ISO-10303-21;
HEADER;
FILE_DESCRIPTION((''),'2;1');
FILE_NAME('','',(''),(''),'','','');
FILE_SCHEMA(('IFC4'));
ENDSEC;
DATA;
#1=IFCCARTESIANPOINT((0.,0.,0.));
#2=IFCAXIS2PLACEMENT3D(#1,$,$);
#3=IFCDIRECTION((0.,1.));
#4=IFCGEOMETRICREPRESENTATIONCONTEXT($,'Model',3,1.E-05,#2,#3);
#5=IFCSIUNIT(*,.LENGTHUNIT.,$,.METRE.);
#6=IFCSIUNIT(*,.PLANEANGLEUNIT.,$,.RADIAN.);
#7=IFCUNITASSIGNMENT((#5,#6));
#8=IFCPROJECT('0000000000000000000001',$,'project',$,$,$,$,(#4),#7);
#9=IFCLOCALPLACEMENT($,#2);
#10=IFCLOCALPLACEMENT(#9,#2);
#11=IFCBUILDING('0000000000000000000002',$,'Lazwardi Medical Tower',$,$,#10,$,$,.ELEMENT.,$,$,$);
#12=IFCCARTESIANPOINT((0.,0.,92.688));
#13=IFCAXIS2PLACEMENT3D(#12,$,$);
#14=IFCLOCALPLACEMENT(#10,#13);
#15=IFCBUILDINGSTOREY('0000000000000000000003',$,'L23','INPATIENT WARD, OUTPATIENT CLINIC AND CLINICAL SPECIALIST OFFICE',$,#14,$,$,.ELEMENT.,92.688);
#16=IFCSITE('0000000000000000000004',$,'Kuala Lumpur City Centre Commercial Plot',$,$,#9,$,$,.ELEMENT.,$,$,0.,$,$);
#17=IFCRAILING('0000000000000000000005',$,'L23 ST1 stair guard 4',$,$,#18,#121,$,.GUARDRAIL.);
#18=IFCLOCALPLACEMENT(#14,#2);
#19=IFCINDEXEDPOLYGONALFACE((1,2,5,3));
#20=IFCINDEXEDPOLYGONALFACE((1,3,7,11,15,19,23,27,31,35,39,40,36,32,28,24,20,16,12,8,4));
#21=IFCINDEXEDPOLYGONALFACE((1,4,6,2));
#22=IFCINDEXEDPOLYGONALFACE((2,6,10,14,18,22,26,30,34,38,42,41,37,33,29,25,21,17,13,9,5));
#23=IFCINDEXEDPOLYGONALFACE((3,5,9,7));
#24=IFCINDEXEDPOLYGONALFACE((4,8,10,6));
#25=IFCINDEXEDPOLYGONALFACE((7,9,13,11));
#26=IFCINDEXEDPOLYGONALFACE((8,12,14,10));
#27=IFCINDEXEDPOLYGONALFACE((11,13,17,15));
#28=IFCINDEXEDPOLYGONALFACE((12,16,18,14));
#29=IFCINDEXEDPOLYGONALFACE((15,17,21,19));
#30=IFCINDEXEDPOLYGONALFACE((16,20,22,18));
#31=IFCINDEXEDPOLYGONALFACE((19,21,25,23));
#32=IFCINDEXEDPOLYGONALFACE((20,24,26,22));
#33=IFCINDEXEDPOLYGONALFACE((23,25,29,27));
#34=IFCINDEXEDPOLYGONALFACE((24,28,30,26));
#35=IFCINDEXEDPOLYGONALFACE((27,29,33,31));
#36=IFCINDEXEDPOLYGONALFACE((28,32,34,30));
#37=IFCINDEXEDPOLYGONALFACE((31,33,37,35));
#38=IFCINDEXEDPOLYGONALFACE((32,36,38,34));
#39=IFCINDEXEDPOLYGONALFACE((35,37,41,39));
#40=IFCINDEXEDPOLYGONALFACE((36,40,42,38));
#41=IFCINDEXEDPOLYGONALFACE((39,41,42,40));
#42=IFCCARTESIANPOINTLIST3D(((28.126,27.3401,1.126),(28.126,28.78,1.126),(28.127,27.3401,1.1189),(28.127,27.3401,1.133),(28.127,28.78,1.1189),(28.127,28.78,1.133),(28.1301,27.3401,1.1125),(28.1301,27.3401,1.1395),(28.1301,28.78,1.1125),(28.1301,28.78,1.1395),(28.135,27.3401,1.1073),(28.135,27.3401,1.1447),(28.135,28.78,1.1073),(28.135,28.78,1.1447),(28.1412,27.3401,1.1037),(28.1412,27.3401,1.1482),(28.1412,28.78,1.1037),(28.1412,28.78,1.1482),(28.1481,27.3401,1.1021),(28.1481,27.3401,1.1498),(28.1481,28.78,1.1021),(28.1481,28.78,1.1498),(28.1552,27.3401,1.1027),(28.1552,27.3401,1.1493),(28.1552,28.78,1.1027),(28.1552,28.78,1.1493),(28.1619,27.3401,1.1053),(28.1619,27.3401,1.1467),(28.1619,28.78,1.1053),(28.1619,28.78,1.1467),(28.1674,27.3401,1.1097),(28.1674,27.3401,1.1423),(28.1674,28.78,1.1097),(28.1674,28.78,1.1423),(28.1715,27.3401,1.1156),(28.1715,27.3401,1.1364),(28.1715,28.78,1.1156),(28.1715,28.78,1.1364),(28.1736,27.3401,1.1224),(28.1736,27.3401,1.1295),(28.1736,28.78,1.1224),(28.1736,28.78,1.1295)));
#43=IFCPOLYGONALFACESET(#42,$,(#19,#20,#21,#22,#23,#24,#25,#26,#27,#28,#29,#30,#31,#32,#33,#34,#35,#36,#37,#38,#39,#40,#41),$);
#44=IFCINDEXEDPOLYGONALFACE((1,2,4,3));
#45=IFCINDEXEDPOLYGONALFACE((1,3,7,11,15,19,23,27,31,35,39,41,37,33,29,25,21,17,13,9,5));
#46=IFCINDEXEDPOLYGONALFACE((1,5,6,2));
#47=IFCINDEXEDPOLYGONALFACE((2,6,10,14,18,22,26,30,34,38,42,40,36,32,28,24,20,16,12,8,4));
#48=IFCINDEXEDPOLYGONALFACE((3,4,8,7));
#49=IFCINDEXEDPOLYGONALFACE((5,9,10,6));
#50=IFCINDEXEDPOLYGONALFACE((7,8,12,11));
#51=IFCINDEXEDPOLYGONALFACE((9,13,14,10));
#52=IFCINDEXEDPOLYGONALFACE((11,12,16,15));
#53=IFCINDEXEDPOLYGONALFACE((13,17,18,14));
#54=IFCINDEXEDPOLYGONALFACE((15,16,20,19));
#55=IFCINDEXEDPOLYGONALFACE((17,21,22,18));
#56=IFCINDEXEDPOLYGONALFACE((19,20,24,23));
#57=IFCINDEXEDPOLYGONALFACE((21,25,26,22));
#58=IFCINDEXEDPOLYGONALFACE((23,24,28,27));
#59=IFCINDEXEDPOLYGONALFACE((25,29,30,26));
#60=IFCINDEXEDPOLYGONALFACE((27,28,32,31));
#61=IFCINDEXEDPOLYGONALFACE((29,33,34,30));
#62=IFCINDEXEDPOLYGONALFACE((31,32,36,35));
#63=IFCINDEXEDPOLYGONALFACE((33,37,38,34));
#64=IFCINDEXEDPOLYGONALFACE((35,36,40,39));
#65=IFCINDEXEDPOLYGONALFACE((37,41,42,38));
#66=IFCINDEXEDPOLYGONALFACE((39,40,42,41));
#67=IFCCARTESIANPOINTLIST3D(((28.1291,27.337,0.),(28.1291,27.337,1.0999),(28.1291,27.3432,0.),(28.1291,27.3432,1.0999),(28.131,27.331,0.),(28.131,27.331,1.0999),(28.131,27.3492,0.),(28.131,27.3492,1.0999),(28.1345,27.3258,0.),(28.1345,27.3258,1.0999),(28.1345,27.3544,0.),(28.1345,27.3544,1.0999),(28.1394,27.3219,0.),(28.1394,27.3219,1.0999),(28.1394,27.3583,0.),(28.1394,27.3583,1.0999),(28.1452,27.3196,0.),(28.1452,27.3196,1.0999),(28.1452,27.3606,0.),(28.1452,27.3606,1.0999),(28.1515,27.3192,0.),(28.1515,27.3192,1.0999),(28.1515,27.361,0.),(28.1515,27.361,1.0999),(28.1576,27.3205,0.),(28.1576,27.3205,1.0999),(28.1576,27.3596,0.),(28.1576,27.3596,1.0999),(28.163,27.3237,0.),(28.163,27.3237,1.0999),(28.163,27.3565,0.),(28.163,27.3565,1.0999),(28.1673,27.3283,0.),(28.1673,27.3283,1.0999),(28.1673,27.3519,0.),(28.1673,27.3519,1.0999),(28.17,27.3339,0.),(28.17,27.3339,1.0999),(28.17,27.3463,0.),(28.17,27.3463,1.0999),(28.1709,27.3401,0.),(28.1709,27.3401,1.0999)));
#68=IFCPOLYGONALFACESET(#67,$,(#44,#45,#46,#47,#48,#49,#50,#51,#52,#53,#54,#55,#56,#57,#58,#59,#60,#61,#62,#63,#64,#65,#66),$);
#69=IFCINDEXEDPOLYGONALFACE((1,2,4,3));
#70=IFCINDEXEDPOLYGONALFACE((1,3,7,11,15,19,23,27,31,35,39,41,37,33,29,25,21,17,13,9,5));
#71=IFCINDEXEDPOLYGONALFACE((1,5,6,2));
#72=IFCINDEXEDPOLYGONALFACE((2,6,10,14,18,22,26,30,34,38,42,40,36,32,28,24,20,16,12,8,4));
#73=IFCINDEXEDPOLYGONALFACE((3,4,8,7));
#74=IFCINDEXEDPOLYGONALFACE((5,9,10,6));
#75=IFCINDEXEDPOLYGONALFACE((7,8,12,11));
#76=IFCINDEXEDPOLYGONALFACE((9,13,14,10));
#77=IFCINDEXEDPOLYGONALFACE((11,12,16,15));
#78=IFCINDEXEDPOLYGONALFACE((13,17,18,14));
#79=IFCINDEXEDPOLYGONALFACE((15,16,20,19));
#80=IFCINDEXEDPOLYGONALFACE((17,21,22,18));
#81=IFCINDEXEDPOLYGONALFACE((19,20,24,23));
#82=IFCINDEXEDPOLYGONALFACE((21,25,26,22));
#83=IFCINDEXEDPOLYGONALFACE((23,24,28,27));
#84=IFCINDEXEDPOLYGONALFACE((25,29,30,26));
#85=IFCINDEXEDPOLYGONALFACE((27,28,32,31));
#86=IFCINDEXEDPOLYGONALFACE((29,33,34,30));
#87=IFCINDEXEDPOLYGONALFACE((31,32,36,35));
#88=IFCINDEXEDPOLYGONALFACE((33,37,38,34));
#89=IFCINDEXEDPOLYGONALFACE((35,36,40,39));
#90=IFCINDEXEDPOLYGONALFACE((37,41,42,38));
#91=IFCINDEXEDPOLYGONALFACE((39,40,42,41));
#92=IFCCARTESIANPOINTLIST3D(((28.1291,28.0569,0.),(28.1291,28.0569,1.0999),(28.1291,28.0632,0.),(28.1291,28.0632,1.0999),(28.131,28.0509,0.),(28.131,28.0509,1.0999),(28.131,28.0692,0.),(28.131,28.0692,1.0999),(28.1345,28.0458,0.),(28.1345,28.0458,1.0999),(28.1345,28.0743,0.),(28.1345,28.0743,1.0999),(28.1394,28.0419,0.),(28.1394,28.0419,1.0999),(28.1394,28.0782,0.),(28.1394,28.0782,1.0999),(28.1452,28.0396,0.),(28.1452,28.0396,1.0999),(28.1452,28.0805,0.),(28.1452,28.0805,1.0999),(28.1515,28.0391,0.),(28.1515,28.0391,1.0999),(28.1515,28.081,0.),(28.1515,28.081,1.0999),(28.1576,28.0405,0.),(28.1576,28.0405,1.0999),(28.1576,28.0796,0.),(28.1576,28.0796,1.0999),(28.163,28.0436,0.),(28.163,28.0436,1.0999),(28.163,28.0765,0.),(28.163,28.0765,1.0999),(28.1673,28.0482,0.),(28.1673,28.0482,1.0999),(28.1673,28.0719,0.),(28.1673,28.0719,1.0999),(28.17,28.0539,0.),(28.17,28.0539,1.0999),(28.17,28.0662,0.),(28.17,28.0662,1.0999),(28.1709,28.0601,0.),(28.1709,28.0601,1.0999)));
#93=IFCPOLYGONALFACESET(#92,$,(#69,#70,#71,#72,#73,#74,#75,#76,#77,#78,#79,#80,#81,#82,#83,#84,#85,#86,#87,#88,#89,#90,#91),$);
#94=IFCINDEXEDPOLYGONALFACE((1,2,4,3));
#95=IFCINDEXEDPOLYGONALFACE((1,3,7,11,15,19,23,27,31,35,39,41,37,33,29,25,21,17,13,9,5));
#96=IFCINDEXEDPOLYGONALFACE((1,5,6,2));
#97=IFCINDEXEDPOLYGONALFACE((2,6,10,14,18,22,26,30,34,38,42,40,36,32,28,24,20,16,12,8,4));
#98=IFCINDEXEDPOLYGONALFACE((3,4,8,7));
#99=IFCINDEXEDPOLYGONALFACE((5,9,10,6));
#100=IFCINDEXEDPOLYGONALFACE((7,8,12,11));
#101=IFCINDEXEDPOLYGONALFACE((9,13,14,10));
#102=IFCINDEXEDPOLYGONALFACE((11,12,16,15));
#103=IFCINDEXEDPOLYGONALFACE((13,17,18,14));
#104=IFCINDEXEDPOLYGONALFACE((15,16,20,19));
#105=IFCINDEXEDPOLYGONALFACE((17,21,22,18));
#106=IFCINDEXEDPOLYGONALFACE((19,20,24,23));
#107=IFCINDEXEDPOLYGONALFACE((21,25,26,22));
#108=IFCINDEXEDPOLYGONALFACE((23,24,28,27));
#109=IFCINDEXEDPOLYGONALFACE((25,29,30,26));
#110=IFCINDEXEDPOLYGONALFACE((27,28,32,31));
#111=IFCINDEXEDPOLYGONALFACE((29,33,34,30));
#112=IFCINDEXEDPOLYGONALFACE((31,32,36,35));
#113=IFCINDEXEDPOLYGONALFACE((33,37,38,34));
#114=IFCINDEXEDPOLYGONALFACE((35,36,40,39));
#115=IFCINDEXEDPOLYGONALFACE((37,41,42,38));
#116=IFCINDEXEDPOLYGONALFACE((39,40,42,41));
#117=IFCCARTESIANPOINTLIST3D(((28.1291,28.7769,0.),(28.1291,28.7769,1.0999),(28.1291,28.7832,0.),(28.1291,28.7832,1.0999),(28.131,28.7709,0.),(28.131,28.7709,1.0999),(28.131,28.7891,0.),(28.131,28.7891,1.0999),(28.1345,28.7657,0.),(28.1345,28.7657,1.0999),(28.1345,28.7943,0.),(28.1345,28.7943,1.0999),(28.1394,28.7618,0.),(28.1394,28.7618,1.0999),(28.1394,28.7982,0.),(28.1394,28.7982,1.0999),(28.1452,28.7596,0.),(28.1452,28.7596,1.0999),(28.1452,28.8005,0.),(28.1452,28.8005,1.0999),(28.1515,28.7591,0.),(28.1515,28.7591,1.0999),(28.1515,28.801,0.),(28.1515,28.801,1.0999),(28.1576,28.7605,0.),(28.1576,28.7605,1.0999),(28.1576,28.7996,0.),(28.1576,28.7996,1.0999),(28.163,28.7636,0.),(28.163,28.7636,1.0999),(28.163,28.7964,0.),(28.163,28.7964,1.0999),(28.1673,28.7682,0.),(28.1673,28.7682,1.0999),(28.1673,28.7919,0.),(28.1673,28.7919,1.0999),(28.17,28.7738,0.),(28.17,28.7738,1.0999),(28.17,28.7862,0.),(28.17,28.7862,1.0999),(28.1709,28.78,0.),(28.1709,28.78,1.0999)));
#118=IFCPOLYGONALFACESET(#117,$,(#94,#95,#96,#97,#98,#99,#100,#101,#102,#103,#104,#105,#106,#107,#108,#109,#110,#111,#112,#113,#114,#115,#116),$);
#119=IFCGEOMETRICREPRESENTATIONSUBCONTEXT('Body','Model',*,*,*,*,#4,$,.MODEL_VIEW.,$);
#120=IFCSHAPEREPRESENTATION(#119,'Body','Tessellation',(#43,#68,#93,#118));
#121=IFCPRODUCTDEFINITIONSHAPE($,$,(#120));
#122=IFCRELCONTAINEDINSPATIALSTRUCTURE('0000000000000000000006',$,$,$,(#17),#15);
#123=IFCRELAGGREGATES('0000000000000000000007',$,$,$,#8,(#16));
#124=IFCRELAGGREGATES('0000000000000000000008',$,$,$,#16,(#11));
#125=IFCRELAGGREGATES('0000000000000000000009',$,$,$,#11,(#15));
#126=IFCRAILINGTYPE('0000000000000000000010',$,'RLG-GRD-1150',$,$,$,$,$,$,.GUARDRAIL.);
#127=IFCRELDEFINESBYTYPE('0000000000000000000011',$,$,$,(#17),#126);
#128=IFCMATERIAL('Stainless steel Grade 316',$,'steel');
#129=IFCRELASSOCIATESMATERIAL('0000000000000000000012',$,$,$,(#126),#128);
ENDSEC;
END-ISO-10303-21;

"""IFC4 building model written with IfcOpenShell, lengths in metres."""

from ifc_helpers import new_model, si_unit, direction, frame, origin, origin_2d, place, context, subcontext, project, spatial, circle, extrude, material, type_object, element, save


model = new_model("IFC4")

# Units and contexts
model_context = context("Model", 3, precision=1e-05, world=origin(), true_north=direction((0.0, 1.0)))
body_context = subcontext(model_context, "Body", "Model", "MODEL_VIEW")
ifc_project = project(units=[si_unit("LENGTHUNIT", "METRE"), si_unit("PLANEANGLEUNIT", "RADIAN")], contexts=[model_context])

# Site, building, storey
site_placement = place(None, origin())
site = spatial("IfcSite", under=ifc_project, at=site_placement, Name="Kuala Lumpur City Centre Commercial Plot", CompositionType="ELEMENT", RefElevation=0.0)
building_placement = place(site_placement, origin())
building = spatial("IfcBuilding", under=site, at=building_placement, Name="Lazwardi Medical Tower", CompositionType="ELEMENT")
storey_placement = place(building_placement, frame((0.0, 0.0, 92.688)))
storey = spatial("IfcBuildingStorey", under=building, at=storey_placement, Name="L23", Description="INPATIENT WARD, OUTPATIENT CLINIC AND CLINICAL SPECIALIST OFFICE", CompositionType="ELEMENT", Elevation=92.688)

# Railing
ifc_material_1 = material(Name="Stainless steel Grade 316", Category="steel")
railing_type_1 = type_object("IfcRailingType", Name="RLG-GRD-1150", PredefinedType="GUARDRAIL", material=ifc_material_1)
railing_1_placement = place(storey_placement, frame((28.1499, 27.3401, 0.0)))
element("IfcRailing", 1, at=railing_1_placement, inside=storey, type_object=railing_type_1, Name="L23 ST1 stair guard 4", PredefinedType="GUARDRAIL", context=body_context, shape_type="SweptSolid", body=[
    extrude(circle(Radius=0.0239, at=origin_2d()), frame((0.0, 0.0, 1.126), z_axis=(0.0, 1.0, 0.0), x_axis=(-1.0, 0.0, 0.0)), (0.0, 0.0, 1.0), 1.4399),
    extrude(circle(Radius=0.021, at=origin_2d()), origin(), (0.0, 0.0, 1.0), 1.0999),
    extrude(circle(Radius=0.021, at=origin_2d()), frame((0.0, 0.72, 0.0)), (0.0, 0.0, 1.0), 1.0999),
    extrude(circle(Radius=0.021, at=origin_2d()), frame((0.0, 1.4399, 0.0)), (0.0, 0.0, 1.0), 1.0999),
])

save(model, "model.ifc")
